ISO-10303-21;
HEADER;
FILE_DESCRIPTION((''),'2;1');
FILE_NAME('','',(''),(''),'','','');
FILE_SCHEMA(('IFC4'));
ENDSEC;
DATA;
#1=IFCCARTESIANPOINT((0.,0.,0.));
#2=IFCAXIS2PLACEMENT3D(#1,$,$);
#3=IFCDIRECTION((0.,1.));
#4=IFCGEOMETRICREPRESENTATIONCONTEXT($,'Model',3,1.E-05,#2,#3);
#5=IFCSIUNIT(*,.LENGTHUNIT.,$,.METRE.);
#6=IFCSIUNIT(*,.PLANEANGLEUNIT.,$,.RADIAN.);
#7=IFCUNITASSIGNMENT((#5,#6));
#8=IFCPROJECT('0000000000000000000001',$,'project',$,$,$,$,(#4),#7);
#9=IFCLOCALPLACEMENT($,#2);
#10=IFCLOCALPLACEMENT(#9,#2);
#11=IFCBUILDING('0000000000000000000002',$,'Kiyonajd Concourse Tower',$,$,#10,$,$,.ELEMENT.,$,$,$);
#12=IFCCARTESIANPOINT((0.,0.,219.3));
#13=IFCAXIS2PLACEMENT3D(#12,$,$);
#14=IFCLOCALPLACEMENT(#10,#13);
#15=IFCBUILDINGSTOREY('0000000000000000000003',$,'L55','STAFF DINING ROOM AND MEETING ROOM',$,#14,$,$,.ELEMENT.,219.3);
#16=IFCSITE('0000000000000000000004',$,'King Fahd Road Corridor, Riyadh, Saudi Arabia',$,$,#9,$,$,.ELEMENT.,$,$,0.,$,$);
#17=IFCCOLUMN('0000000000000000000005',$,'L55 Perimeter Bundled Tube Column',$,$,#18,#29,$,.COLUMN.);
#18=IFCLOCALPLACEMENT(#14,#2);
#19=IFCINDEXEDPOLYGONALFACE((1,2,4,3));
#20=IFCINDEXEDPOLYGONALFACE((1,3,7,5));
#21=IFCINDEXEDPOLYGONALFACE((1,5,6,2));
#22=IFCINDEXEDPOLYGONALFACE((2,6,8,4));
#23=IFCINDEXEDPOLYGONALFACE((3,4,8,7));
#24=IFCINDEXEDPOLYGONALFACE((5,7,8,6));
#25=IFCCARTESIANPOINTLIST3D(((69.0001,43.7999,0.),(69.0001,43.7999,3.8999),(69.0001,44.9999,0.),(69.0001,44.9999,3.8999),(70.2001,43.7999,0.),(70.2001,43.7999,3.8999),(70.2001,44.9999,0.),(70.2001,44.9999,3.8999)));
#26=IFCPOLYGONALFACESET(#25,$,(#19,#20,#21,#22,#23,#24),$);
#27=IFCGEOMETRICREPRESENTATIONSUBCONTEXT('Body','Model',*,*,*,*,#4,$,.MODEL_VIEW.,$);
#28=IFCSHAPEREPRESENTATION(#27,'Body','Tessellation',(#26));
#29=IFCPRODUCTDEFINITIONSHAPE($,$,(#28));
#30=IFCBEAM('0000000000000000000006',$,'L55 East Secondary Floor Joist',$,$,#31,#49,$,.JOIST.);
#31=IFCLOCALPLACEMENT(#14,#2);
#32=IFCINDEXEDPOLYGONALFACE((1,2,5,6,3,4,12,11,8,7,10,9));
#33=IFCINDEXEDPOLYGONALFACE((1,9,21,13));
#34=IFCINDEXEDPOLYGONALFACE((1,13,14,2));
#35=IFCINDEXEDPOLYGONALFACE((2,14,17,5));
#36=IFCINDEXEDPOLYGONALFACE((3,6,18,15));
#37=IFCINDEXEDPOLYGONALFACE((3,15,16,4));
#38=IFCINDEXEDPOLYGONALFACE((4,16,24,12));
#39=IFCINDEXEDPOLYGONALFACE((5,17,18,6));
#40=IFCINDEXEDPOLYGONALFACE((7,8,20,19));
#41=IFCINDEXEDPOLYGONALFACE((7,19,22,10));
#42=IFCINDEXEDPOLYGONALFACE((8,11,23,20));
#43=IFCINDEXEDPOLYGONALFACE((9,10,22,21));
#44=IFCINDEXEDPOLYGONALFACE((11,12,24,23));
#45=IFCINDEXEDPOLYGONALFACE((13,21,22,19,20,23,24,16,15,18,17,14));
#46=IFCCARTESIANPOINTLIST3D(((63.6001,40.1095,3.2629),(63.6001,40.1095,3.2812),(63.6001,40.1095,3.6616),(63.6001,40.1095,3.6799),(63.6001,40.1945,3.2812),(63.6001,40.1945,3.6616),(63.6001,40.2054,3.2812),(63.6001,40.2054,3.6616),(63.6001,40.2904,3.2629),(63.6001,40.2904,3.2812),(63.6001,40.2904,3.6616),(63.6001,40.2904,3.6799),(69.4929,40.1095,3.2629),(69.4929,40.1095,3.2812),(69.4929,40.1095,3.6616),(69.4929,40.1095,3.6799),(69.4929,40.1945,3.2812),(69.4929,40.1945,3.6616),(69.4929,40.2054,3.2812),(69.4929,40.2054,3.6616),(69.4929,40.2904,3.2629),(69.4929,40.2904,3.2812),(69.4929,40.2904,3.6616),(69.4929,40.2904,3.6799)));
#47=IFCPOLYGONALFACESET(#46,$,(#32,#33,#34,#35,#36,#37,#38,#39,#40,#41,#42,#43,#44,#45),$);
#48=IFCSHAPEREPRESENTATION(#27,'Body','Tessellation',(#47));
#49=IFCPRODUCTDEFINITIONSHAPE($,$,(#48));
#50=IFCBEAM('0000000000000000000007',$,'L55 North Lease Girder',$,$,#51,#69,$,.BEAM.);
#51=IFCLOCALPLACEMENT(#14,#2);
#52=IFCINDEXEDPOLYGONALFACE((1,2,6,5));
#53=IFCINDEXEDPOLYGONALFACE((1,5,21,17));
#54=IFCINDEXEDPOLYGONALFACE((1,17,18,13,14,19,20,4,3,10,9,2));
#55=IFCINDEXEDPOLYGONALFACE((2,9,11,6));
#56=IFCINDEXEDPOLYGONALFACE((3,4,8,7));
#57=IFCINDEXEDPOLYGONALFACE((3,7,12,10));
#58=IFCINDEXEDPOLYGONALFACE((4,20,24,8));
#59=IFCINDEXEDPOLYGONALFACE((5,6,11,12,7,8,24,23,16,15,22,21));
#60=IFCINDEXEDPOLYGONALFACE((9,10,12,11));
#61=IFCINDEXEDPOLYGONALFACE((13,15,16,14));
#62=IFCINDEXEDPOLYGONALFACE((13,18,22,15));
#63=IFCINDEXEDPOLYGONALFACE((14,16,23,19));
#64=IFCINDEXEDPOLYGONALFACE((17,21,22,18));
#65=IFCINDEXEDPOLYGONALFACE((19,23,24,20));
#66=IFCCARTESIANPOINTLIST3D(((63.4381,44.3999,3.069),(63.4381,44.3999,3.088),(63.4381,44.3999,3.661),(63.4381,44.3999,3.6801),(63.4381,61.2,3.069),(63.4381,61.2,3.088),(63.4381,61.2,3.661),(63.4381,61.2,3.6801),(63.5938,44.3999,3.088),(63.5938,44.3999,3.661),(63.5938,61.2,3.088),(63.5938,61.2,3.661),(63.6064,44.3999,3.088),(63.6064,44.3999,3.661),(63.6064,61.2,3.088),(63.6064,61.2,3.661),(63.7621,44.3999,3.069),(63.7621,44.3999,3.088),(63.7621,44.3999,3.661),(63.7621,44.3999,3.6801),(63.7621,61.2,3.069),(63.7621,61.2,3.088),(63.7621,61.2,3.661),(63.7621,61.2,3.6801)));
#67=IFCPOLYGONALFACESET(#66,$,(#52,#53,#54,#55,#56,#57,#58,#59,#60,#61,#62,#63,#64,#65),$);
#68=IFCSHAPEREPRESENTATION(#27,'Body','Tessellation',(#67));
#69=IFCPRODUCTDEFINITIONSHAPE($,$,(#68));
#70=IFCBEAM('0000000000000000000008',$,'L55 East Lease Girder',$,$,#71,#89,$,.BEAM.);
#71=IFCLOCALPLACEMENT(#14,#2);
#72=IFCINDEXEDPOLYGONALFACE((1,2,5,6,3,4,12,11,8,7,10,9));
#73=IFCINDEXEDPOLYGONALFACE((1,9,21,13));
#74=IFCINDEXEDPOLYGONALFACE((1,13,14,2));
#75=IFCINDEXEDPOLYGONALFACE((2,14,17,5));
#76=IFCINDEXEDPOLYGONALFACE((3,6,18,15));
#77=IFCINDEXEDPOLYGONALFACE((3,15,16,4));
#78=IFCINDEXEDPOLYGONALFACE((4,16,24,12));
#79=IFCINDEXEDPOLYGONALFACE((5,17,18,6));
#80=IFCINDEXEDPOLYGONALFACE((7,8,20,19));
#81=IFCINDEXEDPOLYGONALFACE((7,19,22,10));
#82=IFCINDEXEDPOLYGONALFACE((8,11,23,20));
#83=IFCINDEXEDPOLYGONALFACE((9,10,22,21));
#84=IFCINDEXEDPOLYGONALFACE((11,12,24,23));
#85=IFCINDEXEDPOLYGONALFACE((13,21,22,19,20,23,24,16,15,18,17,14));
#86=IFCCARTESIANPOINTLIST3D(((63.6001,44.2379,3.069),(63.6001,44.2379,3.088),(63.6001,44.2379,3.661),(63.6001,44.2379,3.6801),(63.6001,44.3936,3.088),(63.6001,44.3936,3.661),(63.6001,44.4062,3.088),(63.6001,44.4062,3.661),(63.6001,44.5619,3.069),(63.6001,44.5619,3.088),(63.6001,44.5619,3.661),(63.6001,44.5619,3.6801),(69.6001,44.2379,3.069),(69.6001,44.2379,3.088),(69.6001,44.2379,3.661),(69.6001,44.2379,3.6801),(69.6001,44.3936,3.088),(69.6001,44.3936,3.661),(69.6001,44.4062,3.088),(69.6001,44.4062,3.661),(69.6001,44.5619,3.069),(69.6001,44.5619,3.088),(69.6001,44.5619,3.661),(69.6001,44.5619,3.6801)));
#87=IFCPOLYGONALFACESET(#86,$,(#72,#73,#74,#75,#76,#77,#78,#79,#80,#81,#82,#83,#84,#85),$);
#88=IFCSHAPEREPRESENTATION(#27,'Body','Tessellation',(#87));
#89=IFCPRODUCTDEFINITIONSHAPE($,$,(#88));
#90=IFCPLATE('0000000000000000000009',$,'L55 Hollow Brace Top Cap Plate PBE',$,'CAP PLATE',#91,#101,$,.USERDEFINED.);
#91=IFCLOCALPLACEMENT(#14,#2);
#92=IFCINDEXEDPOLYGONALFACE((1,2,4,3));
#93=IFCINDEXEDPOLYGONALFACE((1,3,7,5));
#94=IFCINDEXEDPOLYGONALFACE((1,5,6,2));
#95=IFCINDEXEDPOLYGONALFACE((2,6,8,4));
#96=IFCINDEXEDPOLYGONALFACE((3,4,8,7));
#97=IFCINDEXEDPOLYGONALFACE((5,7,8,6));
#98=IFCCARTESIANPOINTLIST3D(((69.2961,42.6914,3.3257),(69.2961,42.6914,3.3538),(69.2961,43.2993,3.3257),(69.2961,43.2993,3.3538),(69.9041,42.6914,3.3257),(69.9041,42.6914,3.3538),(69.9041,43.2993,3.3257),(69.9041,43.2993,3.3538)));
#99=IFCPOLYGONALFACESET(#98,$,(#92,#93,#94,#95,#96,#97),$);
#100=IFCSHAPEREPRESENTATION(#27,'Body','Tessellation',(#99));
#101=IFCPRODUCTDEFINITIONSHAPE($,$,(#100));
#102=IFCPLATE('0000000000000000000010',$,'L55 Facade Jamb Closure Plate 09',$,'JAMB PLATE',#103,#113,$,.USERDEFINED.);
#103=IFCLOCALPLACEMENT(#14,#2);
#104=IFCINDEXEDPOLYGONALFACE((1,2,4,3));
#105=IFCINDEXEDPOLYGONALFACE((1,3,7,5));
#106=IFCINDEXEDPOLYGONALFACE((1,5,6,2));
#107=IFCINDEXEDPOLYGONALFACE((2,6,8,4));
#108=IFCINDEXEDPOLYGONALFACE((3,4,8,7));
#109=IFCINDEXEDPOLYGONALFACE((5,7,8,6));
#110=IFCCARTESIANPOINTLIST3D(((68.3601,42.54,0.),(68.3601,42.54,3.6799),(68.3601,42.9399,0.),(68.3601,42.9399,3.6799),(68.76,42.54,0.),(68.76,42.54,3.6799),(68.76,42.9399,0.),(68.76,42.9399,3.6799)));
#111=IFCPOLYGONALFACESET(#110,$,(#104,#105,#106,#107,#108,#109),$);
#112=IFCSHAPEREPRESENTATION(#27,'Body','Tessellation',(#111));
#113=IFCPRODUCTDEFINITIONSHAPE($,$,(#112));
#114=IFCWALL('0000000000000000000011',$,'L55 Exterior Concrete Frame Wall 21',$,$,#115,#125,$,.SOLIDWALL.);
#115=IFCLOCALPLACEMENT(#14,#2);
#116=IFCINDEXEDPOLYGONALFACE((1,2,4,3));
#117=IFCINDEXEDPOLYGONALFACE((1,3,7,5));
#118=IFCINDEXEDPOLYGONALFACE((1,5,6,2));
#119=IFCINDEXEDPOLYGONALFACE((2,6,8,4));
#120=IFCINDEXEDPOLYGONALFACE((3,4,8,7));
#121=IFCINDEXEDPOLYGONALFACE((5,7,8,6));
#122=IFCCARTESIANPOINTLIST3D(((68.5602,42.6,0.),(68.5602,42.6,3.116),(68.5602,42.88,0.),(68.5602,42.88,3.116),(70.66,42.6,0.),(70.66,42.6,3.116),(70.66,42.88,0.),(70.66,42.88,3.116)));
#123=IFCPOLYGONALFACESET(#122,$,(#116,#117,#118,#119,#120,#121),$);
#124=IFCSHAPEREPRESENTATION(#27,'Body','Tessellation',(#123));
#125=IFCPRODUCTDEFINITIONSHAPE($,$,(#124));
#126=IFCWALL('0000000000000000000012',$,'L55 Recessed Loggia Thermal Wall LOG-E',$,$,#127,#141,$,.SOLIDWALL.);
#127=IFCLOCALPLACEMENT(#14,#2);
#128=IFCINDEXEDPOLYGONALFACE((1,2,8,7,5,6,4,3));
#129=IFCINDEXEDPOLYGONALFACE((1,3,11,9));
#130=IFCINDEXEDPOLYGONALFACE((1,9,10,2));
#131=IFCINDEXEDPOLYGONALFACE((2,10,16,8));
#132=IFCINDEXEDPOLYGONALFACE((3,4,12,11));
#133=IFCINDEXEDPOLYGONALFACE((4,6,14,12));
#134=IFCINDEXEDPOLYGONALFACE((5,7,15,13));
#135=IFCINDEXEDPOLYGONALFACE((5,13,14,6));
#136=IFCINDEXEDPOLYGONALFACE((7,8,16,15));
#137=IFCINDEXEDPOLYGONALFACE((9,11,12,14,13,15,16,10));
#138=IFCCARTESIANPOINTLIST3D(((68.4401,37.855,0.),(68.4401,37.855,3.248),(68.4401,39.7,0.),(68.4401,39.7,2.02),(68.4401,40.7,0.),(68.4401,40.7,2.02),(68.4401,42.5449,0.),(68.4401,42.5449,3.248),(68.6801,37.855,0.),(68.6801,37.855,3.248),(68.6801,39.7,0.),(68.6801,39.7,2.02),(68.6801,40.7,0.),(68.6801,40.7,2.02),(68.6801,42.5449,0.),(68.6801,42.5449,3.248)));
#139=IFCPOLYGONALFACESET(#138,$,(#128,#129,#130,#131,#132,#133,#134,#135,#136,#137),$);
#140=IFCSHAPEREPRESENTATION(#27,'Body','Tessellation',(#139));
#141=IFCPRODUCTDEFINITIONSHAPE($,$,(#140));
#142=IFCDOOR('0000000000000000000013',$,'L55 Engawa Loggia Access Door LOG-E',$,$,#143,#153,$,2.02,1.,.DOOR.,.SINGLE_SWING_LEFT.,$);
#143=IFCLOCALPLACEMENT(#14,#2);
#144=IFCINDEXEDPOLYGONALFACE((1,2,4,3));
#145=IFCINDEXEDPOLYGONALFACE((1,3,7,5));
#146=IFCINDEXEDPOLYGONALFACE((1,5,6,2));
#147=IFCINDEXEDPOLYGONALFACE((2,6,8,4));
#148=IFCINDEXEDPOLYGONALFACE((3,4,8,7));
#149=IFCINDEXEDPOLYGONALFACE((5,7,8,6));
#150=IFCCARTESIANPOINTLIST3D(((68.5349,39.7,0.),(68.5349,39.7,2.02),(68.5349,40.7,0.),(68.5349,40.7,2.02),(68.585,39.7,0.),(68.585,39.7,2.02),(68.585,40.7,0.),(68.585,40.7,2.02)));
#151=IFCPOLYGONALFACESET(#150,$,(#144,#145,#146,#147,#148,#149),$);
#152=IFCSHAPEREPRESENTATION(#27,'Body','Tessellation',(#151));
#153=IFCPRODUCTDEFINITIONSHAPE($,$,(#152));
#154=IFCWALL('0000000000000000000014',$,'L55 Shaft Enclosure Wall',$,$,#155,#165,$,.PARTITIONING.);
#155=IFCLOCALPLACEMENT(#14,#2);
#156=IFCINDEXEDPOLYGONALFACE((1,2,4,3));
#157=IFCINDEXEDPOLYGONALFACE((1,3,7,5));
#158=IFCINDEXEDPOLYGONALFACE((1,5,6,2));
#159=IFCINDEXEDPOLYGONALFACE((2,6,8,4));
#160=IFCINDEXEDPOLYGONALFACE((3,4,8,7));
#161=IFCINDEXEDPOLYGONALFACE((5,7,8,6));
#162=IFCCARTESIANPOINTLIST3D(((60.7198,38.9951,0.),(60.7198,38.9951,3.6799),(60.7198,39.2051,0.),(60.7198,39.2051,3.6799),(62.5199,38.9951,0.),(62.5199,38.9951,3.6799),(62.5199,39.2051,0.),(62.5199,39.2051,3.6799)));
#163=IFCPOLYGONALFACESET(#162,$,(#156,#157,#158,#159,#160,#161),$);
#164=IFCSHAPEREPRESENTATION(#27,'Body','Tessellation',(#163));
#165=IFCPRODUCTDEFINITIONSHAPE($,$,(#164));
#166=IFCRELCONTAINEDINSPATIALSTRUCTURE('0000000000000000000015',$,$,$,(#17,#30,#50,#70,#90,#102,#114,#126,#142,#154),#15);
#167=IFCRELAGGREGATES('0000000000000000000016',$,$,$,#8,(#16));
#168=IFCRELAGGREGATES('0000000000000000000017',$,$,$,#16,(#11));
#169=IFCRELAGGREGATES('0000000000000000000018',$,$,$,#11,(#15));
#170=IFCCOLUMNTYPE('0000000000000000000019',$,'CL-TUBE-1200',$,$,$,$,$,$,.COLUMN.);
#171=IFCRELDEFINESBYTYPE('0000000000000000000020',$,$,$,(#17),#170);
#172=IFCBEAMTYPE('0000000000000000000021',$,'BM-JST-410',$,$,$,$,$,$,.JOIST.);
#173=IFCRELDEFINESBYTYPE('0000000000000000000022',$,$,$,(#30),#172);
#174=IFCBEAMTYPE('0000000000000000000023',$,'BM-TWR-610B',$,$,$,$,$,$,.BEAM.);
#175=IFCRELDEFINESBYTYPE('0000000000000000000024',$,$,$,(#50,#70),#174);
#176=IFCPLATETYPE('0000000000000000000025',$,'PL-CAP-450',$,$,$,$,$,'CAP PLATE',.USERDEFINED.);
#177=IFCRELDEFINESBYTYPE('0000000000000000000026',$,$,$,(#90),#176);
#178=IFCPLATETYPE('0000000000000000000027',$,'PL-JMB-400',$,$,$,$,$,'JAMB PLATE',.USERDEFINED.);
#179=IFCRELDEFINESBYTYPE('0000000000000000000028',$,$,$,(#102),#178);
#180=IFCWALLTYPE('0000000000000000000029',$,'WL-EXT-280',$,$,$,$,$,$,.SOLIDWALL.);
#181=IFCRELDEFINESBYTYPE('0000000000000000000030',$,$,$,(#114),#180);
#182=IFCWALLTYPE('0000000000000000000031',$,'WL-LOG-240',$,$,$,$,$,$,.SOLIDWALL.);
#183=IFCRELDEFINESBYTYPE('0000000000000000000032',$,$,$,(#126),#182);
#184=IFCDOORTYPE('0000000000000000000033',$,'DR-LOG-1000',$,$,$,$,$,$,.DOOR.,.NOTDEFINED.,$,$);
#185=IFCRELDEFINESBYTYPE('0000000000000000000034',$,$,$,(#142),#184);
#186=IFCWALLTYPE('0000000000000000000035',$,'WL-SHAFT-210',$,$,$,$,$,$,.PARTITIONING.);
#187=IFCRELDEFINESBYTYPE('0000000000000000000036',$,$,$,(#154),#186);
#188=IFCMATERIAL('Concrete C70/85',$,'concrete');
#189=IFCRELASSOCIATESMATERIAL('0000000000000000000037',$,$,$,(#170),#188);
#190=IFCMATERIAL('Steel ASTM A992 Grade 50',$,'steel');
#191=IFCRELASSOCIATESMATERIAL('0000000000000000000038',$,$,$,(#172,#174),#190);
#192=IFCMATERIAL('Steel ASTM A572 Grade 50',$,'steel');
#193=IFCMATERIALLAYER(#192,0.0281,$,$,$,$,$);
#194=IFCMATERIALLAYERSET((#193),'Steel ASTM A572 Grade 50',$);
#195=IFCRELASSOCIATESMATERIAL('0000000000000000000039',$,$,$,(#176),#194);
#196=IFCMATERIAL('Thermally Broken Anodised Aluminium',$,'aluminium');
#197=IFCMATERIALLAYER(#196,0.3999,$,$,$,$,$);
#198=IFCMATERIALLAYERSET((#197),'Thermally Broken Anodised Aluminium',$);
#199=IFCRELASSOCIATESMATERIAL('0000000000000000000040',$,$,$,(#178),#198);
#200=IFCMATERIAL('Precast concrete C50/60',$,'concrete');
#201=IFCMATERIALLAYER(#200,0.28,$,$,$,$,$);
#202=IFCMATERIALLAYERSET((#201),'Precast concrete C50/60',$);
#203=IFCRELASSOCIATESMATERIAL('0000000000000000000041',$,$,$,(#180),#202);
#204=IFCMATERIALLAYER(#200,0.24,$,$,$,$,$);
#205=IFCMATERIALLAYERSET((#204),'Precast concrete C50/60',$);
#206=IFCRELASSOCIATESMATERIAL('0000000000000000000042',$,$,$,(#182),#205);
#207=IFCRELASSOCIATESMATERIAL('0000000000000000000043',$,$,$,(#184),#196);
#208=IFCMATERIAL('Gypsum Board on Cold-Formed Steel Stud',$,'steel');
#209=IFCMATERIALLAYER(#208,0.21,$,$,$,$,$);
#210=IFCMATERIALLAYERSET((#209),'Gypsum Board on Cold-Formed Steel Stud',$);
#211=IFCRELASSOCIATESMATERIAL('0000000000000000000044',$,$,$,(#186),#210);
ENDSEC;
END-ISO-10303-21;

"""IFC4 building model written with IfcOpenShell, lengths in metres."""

from ifc_helpers import new_model, si_unit, direction, frame, frame_2d, origin, origin_2d, place, context, subcontext, project, spatial, rectangle, i_section, extrude, material, layer, layer_set, material_profile, profile_set, type_object, element, fill, save


model = new_model("IFC4")

# Units and contexts
model_context = context("Model", 3, precision=1e-05, world=origin(), true_north=direction((0.0, 1.0)))
body_context = subcontext(model_context, "Body", "Model", "MODEL_VIEW")
ifc_project = project(units=[si_unit("LENGTHUNIT", "METRE"), si_unit("PLANEANGLEUNIT", "RADIAN")], contexts=[model_context])

# Site, building, storey
site_placement = place(None, origin())
site = spatial("IfcSite", under=ifc_project, at=site_placement, Name="King Fahd Road Corridor, Riyadh, Saudi Arabia", CompositionType="ELEMENT", RefElevation=0.0)
building_placement = place(site_placement, origin())
building = spatial("IfcBuilding", under=site, at=building_placement, Name="Kiyonajd Concourse Tower", CompositionType="ELEMENT")
storey_placement = place(building_placement, frame((0.0, 0.0, 219.3)))
storey = spatial("IfcBuildingStorey", under=building, at=storey_placement, Name="L55", Description="STAFF DINING ROOM AND MEETING ROOM", CompositionType="ELEMENT", Elevation=219.3)

# Column
ifc_material_1 = material(Name="Concrete C70/85", Category="concrete")
ifc_material_profile_1 = material_profile(ifc_material_1, rectangle(XDim=1.2, YDim=1.2, at=origin_2d()), Name="RC-1200x1200")
ifc_profile_set_1 = profile_set([ifc_material_profile_1], Name="Concrete C70/85")
column_type = type_object("IfcColumnType", Name="CL-TUBE-1200", PredefinedType="COLUMN", material=ifc_profile_set_1)
column_placement = place(storey_placement, frame((69.6001, 44.3999, 0.0), z_axis=(0.0, 0.0, 1.0), x_axis=(1.0, 0.0, 0.0)))
element("IfcColumn", 1, at=column_placement, inside=storey, type_object=column_type, Name="L55 Perimeter Bundled Tube Column", PredefinedType="COLUMN", context=body_context, shape_type="SweptSolid", body=[
    extrude(rectangle(XDim=1.2, YDim=1.2, at=origin_2d()), origin(), (0.0, 0.0, 1.0), 3.8999),
])

# Beams
ifc_material_2 = material(Name="Steel ASTM A992 Grade 50", Category="steel")
ifc_material_profile_2 = material_profile(ifc_material_2, i_section(OverallWidth=0.1809, OverallDepth=0.417, WebThickness=0.011, FlangeThickness=0.0183, at=origin_2d()), Name="W410X85")
ifc_profile_set_2 = profile_set([ifc_material_profile_2], Name="Steel ASTM A992 Grade 50")
beam_type_1 = type_object("IfcBeamType", Name="BM-JST-410", PredefinedType="JOIST", material=ifc_profile_set_2)
beam_1_placement = place(storey_placement, frame((63.6001, 40.2, 3.4714), z_axis=(1.0, 0.0, 0.0), x_axis=(0.0, 1.0, 0.0)))
element("IfcBeam", 2, at=beam_1_placement, inside=storey, type_object=beam_type_1, Name="L55 East Secondary Floor Joist", PredefinedType="JOIST", context=body_context, shape_type="SweptSolid", body=[
    extrude(i_section(OverallWidth=0.1809, OverallDepth=0.417, WebThickness=0.011, FlangeThickness=0.0183, at=origin_2d()), origin(), (0.0, 0.0, 1.0), 5.8928),
])
ifc_material_profile_3 = material_profile(ifc_material_2, i_section(OverallWidth=0.324, OverallDepth=0.6111, WebThickness=0.0127, FlangeThickness=0.019, at=origin_2d()), Name="W610X155")
ifc_profile_set_3 = profile_set([ifc_material_profile_3], Name="Steel ASTM A992 Grade 50")
beam_type_2 = type_object("IfcBeamType", Name="BM-TWR-610B", PredefinedType="BEAM", material=ifc_profile_set_3)
beam_2_placement = place(storey_placement, frame((63.6001, 44.3999, 3.3745), z_axis=(0.0, 1.0, 0.0), x_axis=(-1.0, 0.0, 0.0)))
element("IfcBeam", 3, at=beam_2_placement, inside=storey, type_object=beam_type_2, Name="L55 North Lease Girder", PredefinedType="BEAM", context=body_context, shape_type="SweptSolid", body=[
    extrude(i_section(OverallWidth=0.324, OverallDepth=0.6111, WebThickness=0.0127, FlangeThickness=0.019, at=origin_2d()), origin(), (0.0, 0.0, 1.0), 16.8),
])
beam_3_placement = place(storey_placement, frame((63.6001, 44.3999, 3.3745), z_axis=(1.0, 0.0, 0.0), x_axis=(0.0, 1.0, 0.0)))
element("IfcBeam", 4, at=beam_3_placement, inside=storey, type_object=beam_type_2, Name="L55 East Lease Girder", PredefinedType="BEAM", context=body_context, shape_type="SweptSolid", body=[
    extrude(i_section(OverallWidth=0.324, OverallDepth=0.6111, WebThickness=0.0127, FlangeThickness=0.019, at=origin_2d()), origin(), (0.0, 0.0, 1.0), 6.0),
])

# Plates
ifc_material_3 = material(Name="Steel ASTM A572 Grade 50", Category="steel")
ifc_layer_1 = layer(ifc_material_3, 0.0281)
ifc_layer_set_1 = layer_set([ifc_layer_1], Name="Steel ASTM A572 Grade 50")
plate_type_1 = type_object("IfcPlateType", Name="PL-CAP-450", ElementType="CAP PLATE", PredefinedType="USERDEFINED", material=ifc_layer_set_1)
plate_1_placement = place(storey_placement, frame((69.6001, 42.9954, 3.3257), z_axis=(0.0, 0.0, 1.0), x_axis=(1.0, 0.0, 0.0)))
element("IfcPlate", 5, at=plate_1_placement, inside=storey, type_object=plate_type_1, Name="L55 Hollow Brace Top Cap Plate PBE", ObjectType="CAP PLATE", PredefinedType="USERDEFINED", context=body_context, shape_type="SweptSolid", body=[
    extrude(rectangle(XDim=0.6079, YDim=0.6079, at=origin_2d()), origin(), (0.0, 0.0, 1.0), 0.0281),
])
ifc_material_4 = material(Name="Thermally Broken Anodised Aluminium", Category="aluminium")
ifc_layer_2 = layer(ifc_material_4, 0.3999)
ifc_layer_set_2 = layer_set([ifc_layer_2], Name="Thermally Broken Anodised Aluminium")
plate_type_2 = type_object("IfcPlateType", Name="PL-JMB-400", ElementType="JAMB PLATE", PredefinedType="USERDEFINED", material=ifc_layer_set_2)
plate_2_placement = place(storey_placement, frame((68.5601, 42.74, 0.0), z_axis=(0.0, 0.0, 1.0), x_axis=(1.0, 0.0, 0.0)))
element("IfcPlate", 6, at=plate_2_placement, inside=storey, type_object=plate_type_2, Name="L55 Facade Jamb Closure Plate 09", ObjectType="JAMB PLATE", PredefinedType="USERDEFINED", context=body_context, shape_type="SweptSolid", body=[
    extrude(rectangle(XDim=0.3999, YDim=0.3999, at=origin_2d()), origin(), (0.0, 0.0, 1.0), 3.6799),
])

# Wall
ifc_material_5 = material(Name="Precast concrete C50/60", Category="concrete")
ifc_layer_3 = layer(ifc_material_5, 0.28)
ifc_layer_set_3 = layer_set([ifc_layer_3], Name="Precast concrete C50/60")
wall_type_1 = type_object("IfcWallType", Name="WL-EXT-280", PredefinedType="SOLIDWALL", material=ifc_layer_set_3)
wall_1_placement = place(storey_placement, frame((70.6599, 42.74, 0.0), z_axis=(0.0, 0.0, 1.0), x_axis=(-1.0, 0.0, 0.0)))
element("IfcWall", 7, at=wall_1_placement, inside=storey, type_object=wall_type_1, Name="L55 Exterior Concrete Frame Wall 21", PredefinedType="SOLIDWALL", context=body_context, shape_type="SweptSolid", body=[
    extrude(rectangle(XDim=2.0999, YDim=0.28, at=frame_2d((1.0498, 0.0))), origin(), (0.0, 0.0, 1.0), 3.116),
])

# Wall, opening, door
ifc_layer_4 = layer(ifc_material_5, 0.24)
ifc_layer_set_4 = layer_set([ifc_layer_4], Name="Precast concrete C50/60")
wall_type_2 = type_object("IfcWallType", Name="WL-LOG-240", PredefinedType="SOLIDWALL", material=ifc_layer_set_4)
wall_2_placement = place(storey_placement, frame((68.5601, 42.5449, 0.0), z_axis=(0.0, 0.0, 1.0), x_axis=(0.0, -1.0, 0.0)))
wall_2 = element("IfcWall", 8, at=wall_2_placement, inside=storey, type_object=wall_type_2, Name="L55 Recessed Loggia Thermal Wall LOG-E", PredefinedType="SOLIDWALL", context=body_context, shape_type="SweptSolid", body=[
    extrude(rectangle(XDim=4.6899, YDim=0.24, at=frame_2d((2.345, 0.0))), origin(), (0.0, 0.0, 1.0), 3.248),
])
opening_placement = place(wall_2_placement, frame((1.845, 0.0, 0.0)))
opening = element("IfcOpeningElement", 9, at=opening_placement, cuts=wall_2, PredefinedType="OPENING", context=body_context, shape_type="SweptSolid", body=[
    extrude(rectangle(XDim=1.0, YDim=2.02, at=frame_2d((0.5, 1.01))), frame((0.0, 0.1299, 0.0), z_axis=(0.0, -1.0, 0.0), x_axis=(1.0, 0.0, 0.0)), (0.0, 0.0, 1.0), 0.26),
])
door_type = type_object("IfcDoorType", Name="DR-LOG-1000", OperationType="NOTDEFINED", PredefinedType="DOOR", material=ifc_material_4)
door_placement = place(opening_placement, origin())
door = element("IfcDoor", 10, at=door_placement, inside=storey, type_object=door_type, Name="L55 Engawa Loggia Access Door LOG-E", OperationType="SINGLE_SWING_LEFT", OverallHeight=2.02, OverallWidth=1.0, PredefinedType="DOOR", context=body_context, shape_type="SweptSolid", body=[
    extrude(rectangle(XDim=1.0, YDim=2.02, at=frame_2d((0.5, 1.01))), frame((0.0, 0.0249, 0.0), z_axis=(0.0, -1.0, 0.0), x_axis=(1.0, 0.0, 0.0)), (0.0, 0.0, 1.0), 0.05),
])
fill(opening, door)

# Wall
ifc_material_6 = material(Name="Gypsum Board on Cold-Formed Steel Stud", Category="steel")
ifc_layer_5 = layer(ifc_material_6, 0.21)
ifc_layer_set_5 = layer_set([ifc_layer_5], Name="Gypsum Board on Cold-Formed Steel Stud")
wall_type_3 = type_object("IfcWallType", Name="WL-SHAFT-210", PredefinedType="PARTITIONING", material=ifc_layer_set_5)
wall_3_placement = place(storey_placement, frame((60.72, 39.1001, 0.0), z_axis=(0.0, 0.0, 1.0), x_axis=(1.0, 0.0, 0.0)))
element("IfcWall", 11, at=wall_3_placement, inside=storey, type_object=wall_type_3, Name="L55 Shaft Enclosure Wall", PredefinedType="PARTITIONING", context=body_context, shape_type="SweptSolid", body=[
    extrude(rectangle(XDim=1.8, YDim=0.21, at=frame_2d((0.8999, 0.0))), origin(), (0.0, 0.0, 1.0), 3.6799),
])

save(model, "model.ifc")
